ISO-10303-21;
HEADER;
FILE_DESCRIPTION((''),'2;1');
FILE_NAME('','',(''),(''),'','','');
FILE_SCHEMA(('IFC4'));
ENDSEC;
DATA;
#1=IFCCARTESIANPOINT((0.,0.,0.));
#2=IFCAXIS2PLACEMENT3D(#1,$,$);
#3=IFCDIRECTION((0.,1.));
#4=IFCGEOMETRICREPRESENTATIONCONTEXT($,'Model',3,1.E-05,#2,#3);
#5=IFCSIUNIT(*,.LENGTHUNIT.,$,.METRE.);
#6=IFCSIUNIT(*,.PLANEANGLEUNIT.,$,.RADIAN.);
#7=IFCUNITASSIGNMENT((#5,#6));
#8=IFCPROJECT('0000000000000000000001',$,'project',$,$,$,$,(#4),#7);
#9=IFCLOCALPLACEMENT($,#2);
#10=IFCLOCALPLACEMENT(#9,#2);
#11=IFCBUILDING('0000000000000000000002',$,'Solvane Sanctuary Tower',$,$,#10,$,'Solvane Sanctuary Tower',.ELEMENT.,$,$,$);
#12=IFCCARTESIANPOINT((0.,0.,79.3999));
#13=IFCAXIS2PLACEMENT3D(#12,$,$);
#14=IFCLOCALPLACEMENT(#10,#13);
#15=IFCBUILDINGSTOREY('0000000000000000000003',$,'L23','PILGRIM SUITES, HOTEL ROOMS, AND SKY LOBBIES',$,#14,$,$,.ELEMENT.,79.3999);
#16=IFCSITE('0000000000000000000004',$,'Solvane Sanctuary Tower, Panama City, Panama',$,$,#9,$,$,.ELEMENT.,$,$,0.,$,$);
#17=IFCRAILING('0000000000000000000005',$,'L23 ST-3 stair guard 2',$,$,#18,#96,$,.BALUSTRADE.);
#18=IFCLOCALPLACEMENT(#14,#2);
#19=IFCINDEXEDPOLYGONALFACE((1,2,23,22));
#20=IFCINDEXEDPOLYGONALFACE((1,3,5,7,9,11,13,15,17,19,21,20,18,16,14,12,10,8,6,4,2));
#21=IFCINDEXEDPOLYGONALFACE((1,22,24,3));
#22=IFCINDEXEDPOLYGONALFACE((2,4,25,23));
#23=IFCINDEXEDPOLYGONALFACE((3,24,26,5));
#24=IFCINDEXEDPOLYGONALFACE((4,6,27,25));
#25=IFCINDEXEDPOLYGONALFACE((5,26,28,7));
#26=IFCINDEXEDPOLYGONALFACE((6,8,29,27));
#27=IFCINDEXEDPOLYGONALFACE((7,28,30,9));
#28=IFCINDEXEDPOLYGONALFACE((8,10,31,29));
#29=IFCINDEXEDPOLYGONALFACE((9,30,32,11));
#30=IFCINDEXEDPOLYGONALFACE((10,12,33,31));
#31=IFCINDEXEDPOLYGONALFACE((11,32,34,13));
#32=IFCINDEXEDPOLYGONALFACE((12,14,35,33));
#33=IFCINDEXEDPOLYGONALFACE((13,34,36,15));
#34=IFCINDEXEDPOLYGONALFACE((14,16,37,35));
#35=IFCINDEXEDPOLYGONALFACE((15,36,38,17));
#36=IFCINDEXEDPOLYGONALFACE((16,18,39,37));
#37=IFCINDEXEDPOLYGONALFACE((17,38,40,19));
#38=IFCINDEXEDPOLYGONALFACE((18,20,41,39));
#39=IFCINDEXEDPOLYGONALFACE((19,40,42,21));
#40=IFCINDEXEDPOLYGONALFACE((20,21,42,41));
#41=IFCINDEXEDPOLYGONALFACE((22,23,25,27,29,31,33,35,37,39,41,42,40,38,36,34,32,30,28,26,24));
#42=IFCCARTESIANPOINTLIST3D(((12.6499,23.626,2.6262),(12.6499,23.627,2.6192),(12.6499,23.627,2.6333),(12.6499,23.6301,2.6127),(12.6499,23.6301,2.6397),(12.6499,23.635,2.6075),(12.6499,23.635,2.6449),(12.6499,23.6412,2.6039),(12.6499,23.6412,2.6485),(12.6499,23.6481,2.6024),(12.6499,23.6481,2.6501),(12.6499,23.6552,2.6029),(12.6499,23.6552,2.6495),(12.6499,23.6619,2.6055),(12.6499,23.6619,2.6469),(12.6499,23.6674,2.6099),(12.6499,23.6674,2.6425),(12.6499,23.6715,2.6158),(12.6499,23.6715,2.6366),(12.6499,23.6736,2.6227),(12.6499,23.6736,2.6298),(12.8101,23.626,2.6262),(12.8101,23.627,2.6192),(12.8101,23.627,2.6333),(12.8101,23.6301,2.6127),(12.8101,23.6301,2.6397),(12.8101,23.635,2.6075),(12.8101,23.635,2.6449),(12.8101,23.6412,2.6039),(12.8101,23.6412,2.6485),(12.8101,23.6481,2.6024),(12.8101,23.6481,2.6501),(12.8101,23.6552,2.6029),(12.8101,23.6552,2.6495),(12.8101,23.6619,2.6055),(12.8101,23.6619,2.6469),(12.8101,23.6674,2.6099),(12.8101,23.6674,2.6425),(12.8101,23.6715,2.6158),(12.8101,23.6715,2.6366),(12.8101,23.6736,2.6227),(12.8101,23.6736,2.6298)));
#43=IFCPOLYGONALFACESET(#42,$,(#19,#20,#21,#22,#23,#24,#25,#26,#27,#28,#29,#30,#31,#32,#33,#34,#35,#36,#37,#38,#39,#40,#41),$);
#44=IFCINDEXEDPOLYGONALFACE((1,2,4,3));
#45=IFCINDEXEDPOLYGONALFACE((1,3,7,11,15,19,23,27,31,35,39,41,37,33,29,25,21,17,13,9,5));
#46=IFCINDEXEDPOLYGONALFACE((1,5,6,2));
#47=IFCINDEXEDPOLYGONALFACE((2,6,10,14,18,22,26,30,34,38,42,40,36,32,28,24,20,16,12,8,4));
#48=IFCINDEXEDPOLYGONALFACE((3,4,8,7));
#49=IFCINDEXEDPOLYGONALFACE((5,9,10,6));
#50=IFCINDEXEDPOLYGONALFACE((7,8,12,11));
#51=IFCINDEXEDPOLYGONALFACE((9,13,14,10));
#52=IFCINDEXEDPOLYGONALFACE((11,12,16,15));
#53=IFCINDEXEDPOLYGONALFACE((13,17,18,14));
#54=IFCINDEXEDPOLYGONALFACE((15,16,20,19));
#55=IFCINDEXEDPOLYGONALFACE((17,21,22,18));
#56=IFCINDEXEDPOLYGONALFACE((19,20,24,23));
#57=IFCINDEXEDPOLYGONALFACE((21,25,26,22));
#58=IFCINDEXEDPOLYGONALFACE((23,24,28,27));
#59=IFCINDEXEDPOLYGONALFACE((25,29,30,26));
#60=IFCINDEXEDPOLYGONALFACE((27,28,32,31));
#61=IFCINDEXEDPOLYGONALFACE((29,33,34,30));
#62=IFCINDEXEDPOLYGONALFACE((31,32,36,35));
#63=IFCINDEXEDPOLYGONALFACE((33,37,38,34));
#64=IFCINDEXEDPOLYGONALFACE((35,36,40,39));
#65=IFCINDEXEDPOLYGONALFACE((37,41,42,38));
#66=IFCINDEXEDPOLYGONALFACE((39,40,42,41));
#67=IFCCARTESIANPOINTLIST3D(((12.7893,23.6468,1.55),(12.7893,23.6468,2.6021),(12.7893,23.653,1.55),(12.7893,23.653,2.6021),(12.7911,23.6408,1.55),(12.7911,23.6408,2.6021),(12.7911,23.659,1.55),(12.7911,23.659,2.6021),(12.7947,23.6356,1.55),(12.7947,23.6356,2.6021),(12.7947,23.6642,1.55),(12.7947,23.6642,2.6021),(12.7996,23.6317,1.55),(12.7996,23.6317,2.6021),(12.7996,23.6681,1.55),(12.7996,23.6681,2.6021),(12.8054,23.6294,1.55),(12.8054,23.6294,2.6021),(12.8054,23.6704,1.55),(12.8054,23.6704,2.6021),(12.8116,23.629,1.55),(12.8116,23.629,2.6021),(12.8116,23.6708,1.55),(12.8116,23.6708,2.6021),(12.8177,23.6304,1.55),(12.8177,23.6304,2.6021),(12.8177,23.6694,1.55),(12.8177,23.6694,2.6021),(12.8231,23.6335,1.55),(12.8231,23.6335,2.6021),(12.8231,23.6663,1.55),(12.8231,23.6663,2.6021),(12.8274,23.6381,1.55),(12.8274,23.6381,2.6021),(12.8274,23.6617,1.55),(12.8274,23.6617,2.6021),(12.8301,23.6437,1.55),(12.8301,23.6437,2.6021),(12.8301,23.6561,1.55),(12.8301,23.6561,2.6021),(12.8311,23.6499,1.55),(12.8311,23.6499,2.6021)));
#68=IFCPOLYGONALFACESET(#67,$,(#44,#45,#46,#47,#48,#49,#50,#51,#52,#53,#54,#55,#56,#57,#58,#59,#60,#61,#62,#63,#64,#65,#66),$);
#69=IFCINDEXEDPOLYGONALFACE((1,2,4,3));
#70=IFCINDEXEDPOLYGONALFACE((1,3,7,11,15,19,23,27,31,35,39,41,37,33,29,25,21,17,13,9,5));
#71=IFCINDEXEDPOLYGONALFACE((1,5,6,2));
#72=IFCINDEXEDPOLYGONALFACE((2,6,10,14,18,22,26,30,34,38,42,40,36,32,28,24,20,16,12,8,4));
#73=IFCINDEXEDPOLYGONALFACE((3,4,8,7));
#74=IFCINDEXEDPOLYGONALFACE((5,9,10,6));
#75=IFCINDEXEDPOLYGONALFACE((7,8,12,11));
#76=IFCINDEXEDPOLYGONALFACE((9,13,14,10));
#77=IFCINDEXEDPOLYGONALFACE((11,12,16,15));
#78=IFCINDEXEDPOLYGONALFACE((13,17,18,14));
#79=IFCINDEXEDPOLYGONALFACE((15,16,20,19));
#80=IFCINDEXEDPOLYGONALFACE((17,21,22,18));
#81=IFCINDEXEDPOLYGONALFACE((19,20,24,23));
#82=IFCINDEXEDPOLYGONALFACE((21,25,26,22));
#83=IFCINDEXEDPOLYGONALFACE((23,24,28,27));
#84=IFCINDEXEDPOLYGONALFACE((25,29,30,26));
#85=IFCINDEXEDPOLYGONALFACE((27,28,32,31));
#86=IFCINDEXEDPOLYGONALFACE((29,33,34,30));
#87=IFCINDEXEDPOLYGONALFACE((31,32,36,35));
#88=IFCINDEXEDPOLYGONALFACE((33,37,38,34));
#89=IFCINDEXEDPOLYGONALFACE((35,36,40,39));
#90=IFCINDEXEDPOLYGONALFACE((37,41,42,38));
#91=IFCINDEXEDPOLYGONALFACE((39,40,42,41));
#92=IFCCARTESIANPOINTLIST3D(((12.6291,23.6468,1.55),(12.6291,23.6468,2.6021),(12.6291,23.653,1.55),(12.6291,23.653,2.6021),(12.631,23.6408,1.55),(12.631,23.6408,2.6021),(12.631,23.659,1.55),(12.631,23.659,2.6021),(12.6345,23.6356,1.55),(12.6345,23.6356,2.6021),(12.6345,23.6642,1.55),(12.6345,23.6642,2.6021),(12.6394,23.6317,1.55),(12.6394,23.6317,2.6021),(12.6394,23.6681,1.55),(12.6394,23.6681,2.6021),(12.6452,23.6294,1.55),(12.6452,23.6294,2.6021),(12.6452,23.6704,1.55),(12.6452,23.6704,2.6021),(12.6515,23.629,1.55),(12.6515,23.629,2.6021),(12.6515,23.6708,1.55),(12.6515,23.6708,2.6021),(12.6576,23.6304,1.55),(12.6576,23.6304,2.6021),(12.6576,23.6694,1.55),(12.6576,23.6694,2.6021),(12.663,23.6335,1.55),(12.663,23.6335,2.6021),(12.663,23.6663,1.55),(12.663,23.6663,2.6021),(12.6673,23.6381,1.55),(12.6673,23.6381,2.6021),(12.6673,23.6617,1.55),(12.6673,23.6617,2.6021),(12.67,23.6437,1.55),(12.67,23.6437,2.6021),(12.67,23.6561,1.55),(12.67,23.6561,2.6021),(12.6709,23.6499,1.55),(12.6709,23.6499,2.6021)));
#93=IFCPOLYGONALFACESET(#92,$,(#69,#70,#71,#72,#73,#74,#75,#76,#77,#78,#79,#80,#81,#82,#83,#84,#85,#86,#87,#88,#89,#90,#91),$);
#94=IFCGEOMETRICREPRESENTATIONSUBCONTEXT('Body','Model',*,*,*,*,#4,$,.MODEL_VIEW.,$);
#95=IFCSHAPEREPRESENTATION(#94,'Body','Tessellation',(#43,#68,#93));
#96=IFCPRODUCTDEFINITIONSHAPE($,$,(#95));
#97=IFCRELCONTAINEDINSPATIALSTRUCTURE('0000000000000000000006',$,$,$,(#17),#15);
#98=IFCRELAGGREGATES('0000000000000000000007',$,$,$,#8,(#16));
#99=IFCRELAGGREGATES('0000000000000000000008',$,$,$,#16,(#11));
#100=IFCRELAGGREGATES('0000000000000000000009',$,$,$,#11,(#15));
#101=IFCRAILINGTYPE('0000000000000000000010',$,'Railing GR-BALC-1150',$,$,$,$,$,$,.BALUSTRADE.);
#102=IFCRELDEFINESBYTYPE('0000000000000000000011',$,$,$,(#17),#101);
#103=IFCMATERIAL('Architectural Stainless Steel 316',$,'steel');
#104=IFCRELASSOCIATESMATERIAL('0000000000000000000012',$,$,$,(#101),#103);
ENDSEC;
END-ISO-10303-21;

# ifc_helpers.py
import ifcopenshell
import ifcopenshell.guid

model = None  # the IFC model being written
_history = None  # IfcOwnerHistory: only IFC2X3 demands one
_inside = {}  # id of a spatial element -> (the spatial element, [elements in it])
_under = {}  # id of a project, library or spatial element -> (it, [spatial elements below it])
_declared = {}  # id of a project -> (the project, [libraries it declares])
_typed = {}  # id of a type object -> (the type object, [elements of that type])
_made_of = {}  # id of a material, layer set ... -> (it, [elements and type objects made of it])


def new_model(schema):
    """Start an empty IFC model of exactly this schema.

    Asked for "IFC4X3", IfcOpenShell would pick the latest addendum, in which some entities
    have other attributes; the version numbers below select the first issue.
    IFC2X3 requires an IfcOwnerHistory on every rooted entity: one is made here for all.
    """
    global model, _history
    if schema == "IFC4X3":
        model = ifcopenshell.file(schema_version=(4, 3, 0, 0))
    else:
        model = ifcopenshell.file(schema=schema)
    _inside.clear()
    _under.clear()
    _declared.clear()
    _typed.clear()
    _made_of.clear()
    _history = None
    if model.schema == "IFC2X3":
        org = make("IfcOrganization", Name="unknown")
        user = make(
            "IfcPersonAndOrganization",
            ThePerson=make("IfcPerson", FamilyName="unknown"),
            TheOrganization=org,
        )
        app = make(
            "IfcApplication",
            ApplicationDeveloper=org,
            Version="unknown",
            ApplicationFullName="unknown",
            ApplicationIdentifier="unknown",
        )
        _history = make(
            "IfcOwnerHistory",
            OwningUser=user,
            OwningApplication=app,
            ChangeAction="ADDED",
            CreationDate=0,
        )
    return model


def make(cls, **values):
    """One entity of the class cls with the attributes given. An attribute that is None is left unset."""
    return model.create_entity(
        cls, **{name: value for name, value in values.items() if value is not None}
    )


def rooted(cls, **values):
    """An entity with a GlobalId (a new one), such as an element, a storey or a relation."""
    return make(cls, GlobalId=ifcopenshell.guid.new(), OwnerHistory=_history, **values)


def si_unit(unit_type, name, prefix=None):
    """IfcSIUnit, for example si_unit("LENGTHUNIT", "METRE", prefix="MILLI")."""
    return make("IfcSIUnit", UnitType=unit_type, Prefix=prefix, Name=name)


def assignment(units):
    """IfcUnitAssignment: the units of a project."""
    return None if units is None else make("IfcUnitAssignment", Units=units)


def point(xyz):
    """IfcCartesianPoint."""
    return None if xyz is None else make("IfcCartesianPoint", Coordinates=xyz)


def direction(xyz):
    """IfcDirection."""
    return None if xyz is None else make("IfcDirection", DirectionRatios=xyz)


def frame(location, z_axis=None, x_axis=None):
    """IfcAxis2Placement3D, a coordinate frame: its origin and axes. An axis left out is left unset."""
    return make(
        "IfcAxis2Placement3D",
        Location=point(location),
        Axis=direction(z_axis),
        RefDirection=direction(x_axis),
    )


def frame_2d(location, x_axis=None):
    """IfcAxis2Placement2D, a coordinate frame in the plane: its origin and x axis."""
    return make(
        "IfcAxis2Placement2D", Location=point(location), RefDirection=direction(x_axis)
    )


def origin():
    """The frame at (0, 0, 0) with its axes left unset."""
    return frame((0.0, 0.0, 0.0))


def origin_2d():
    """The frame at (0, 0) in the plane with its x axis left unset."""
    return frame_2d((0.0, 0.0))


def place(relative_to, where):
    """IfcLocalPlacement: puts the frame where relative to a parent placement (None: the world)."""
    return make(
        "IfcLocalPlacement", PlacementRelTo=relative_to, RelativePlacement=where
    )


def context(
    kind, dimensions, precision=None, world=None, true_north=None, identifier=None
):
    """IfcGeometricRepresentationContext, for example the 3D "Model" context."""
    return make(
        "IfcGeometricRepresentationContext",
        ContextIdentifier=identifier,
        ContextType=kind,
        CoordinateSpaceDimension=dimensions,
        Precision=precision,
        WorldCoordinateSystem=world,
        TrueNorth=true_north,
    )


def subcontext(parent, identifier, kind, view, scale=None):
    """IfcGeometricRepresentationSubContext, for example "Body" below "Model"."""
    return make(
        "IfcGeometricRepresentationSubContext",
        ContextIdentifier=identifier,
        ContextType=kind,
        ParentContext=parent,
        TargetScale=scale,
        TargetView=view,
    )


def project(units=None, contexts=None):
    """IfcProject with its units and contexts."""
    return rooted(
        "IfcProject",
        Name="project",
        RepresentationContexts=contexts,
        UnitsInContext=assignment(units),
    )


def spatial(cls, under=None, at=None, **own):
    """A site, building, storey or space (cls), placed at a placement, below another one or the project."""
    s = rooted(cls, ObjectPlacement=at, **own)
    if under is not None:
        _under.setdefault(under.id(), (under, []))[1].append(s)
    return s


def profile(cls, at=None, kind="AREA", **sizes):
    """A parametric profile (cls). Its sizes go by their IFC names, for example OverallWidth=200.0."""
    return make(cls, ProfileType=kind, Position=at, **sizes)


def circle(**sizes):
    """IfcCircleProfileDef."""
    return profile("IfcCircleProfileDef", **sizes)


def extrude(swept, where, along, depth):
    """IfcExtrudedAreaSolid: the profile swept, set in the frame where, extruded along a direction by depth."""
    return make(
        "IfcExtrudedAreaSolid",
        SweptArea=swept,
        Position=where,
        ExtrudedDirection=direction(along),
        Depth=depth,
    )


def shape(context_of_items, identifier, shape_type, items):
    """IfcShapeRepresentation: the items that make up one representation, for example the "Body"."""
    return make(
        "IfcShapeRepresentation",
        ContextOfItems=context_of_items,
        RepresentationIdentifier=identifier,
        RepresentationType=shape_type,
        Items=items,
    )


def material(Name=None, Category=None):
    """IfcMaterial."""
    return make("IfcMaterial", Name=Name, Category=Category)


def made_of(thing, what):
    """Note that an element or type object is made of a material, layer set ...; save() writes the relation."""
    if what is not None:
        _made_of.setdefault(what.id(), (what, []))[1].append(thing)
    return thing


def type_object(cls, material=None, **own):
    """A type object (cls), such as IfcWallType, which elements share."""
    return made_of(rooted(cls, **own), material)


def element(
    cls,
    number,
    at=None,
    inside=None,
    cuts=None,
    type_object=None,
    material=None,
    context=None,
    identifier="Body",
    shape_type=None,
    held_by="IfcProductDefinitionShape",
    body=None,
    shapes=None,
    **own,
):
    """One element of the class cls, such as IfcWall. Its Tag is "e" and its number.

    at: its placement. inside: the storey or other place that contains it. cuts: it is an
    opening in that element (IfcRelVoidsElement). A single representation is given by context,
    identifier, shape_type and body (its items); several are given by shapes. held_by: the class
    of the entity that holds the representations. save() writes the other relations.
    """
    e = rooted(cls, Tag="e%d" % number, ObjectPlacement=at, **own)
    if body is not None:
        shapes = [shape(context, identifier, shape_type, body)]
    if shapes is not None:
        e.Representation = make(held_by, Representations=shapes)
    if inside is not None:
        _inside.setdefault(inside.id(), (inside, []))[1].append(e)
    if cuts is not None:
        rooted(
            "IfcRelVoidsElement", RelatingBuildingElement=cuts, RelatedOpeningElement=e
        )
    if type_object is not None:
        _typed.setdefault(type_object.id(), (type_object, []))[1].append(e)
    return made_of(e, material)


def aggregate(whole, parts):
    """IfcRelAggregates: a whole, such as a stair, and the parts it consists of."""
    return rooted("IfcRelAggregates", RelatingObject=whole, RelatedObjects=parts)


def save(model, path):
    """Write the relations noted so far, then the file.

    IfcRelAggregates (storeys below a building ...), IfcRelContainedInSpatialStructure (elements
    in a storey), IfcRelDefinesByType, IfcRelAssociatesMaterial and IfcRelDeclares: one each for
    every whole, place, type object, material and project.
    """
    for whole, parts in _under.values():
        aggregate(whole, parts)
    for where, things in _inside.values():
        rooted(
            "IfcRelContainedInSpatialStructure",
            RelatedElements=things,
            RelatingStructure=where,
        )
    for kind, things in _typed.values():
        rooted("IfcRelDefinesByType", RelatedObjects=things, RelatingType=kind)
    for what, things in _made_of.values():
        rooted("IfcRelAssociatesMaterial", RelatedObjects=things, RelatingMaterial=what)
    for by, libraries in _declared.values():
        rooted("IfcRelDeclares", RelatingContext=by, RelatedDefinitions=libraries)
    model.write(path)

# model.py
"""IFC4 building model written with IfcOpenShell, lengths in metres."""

from ifc_helpers import new_model, si_unit, direction, frame, origin, origin_2d, place, context, subcontext, project, spatial, circle, extrude, material, type_object, element, save


model = new_model("IFC4")

# Units and contexts
model_context = context("Model", 3, precision=1e-05, world=origin(), true_north=direction((0.0, 1.0)))
body_context = subcontext(model_context, "Body", "Model", "MODEL_VIEW")
ifc_project = project(units=[si_unit("LENGTHUNIT", "METRE"), si_unit("PLANEANGLEUNIT", "RADIAN")], contexts=[model_context])

# Site, building, storey
site_placement = place(None, origin())
site = spatial("IfcSite", under=ifc_project, at=site_placement, Name="Solvane Sanctuary Tower, Panama City, Panama", CompositionType="ELEMENT", RefElevation=0.0)
building_placement = place(site_placement, origin())
building = spatial("IfcBuilding", under=site, at=building_placement, Name="Solvane Sanctuary Tower", LongName="Solvane Sanctuary Tower", CompositionType="ELEMENT")
storey_placement = place(building_placement, frame((0.0, 0.0, 79.3999)))
storey = spatial("IfcBuildingStorey", under=building, at=storey_placement, Name="L23", Description="PILGRIM SUITES, HOTEL ROOMS, AND SKY LOBBIES", CompositionType="ELEMENT", Elevation=79.3999)

# Railing
ifc_material_1 = material(Name="Architectural Stainless Steel 316", Category="steel")
railing_type_1 = type_object("IfcRailingType", Name="Railing GR-BALC-1150", PredefinedType="BALUSTRADE", material=ifc_material_1)
railing_1_placement = place(storey_placement, frame((12.8101, 23.6499, 1.55)))
element("IfcRailing", 1, at=railing_1_placement, inside=storey, type_object=railing_type_1, Name="L23 ST-3 stair guard 2", PredefinedType="BALUSTRADE", context=body_context, shape_type="SweptSolid", body=[
    extrude(circle(Radius=0.0239, at=origin_2d()), frame((0.0, 0.0, 1.0762), z_axis=(-1.0, 0.0, 0.0), x_axis=(0.0, -1.0, 0.0)), (0.0, 0.0, 1.0), 0.1602),
    extrude(circle(Radius=0.021, at=origin_2d()), origin(), (0.0, 0.0, 1.0), 1.052),
    extrude(circle(Radius=0.021, at=origin_2d()), frame((-0.1602, 0.0, 0.0)), (0.0, 0.0, 1.0), 1.052),
])

save(model, "model.ifc")
